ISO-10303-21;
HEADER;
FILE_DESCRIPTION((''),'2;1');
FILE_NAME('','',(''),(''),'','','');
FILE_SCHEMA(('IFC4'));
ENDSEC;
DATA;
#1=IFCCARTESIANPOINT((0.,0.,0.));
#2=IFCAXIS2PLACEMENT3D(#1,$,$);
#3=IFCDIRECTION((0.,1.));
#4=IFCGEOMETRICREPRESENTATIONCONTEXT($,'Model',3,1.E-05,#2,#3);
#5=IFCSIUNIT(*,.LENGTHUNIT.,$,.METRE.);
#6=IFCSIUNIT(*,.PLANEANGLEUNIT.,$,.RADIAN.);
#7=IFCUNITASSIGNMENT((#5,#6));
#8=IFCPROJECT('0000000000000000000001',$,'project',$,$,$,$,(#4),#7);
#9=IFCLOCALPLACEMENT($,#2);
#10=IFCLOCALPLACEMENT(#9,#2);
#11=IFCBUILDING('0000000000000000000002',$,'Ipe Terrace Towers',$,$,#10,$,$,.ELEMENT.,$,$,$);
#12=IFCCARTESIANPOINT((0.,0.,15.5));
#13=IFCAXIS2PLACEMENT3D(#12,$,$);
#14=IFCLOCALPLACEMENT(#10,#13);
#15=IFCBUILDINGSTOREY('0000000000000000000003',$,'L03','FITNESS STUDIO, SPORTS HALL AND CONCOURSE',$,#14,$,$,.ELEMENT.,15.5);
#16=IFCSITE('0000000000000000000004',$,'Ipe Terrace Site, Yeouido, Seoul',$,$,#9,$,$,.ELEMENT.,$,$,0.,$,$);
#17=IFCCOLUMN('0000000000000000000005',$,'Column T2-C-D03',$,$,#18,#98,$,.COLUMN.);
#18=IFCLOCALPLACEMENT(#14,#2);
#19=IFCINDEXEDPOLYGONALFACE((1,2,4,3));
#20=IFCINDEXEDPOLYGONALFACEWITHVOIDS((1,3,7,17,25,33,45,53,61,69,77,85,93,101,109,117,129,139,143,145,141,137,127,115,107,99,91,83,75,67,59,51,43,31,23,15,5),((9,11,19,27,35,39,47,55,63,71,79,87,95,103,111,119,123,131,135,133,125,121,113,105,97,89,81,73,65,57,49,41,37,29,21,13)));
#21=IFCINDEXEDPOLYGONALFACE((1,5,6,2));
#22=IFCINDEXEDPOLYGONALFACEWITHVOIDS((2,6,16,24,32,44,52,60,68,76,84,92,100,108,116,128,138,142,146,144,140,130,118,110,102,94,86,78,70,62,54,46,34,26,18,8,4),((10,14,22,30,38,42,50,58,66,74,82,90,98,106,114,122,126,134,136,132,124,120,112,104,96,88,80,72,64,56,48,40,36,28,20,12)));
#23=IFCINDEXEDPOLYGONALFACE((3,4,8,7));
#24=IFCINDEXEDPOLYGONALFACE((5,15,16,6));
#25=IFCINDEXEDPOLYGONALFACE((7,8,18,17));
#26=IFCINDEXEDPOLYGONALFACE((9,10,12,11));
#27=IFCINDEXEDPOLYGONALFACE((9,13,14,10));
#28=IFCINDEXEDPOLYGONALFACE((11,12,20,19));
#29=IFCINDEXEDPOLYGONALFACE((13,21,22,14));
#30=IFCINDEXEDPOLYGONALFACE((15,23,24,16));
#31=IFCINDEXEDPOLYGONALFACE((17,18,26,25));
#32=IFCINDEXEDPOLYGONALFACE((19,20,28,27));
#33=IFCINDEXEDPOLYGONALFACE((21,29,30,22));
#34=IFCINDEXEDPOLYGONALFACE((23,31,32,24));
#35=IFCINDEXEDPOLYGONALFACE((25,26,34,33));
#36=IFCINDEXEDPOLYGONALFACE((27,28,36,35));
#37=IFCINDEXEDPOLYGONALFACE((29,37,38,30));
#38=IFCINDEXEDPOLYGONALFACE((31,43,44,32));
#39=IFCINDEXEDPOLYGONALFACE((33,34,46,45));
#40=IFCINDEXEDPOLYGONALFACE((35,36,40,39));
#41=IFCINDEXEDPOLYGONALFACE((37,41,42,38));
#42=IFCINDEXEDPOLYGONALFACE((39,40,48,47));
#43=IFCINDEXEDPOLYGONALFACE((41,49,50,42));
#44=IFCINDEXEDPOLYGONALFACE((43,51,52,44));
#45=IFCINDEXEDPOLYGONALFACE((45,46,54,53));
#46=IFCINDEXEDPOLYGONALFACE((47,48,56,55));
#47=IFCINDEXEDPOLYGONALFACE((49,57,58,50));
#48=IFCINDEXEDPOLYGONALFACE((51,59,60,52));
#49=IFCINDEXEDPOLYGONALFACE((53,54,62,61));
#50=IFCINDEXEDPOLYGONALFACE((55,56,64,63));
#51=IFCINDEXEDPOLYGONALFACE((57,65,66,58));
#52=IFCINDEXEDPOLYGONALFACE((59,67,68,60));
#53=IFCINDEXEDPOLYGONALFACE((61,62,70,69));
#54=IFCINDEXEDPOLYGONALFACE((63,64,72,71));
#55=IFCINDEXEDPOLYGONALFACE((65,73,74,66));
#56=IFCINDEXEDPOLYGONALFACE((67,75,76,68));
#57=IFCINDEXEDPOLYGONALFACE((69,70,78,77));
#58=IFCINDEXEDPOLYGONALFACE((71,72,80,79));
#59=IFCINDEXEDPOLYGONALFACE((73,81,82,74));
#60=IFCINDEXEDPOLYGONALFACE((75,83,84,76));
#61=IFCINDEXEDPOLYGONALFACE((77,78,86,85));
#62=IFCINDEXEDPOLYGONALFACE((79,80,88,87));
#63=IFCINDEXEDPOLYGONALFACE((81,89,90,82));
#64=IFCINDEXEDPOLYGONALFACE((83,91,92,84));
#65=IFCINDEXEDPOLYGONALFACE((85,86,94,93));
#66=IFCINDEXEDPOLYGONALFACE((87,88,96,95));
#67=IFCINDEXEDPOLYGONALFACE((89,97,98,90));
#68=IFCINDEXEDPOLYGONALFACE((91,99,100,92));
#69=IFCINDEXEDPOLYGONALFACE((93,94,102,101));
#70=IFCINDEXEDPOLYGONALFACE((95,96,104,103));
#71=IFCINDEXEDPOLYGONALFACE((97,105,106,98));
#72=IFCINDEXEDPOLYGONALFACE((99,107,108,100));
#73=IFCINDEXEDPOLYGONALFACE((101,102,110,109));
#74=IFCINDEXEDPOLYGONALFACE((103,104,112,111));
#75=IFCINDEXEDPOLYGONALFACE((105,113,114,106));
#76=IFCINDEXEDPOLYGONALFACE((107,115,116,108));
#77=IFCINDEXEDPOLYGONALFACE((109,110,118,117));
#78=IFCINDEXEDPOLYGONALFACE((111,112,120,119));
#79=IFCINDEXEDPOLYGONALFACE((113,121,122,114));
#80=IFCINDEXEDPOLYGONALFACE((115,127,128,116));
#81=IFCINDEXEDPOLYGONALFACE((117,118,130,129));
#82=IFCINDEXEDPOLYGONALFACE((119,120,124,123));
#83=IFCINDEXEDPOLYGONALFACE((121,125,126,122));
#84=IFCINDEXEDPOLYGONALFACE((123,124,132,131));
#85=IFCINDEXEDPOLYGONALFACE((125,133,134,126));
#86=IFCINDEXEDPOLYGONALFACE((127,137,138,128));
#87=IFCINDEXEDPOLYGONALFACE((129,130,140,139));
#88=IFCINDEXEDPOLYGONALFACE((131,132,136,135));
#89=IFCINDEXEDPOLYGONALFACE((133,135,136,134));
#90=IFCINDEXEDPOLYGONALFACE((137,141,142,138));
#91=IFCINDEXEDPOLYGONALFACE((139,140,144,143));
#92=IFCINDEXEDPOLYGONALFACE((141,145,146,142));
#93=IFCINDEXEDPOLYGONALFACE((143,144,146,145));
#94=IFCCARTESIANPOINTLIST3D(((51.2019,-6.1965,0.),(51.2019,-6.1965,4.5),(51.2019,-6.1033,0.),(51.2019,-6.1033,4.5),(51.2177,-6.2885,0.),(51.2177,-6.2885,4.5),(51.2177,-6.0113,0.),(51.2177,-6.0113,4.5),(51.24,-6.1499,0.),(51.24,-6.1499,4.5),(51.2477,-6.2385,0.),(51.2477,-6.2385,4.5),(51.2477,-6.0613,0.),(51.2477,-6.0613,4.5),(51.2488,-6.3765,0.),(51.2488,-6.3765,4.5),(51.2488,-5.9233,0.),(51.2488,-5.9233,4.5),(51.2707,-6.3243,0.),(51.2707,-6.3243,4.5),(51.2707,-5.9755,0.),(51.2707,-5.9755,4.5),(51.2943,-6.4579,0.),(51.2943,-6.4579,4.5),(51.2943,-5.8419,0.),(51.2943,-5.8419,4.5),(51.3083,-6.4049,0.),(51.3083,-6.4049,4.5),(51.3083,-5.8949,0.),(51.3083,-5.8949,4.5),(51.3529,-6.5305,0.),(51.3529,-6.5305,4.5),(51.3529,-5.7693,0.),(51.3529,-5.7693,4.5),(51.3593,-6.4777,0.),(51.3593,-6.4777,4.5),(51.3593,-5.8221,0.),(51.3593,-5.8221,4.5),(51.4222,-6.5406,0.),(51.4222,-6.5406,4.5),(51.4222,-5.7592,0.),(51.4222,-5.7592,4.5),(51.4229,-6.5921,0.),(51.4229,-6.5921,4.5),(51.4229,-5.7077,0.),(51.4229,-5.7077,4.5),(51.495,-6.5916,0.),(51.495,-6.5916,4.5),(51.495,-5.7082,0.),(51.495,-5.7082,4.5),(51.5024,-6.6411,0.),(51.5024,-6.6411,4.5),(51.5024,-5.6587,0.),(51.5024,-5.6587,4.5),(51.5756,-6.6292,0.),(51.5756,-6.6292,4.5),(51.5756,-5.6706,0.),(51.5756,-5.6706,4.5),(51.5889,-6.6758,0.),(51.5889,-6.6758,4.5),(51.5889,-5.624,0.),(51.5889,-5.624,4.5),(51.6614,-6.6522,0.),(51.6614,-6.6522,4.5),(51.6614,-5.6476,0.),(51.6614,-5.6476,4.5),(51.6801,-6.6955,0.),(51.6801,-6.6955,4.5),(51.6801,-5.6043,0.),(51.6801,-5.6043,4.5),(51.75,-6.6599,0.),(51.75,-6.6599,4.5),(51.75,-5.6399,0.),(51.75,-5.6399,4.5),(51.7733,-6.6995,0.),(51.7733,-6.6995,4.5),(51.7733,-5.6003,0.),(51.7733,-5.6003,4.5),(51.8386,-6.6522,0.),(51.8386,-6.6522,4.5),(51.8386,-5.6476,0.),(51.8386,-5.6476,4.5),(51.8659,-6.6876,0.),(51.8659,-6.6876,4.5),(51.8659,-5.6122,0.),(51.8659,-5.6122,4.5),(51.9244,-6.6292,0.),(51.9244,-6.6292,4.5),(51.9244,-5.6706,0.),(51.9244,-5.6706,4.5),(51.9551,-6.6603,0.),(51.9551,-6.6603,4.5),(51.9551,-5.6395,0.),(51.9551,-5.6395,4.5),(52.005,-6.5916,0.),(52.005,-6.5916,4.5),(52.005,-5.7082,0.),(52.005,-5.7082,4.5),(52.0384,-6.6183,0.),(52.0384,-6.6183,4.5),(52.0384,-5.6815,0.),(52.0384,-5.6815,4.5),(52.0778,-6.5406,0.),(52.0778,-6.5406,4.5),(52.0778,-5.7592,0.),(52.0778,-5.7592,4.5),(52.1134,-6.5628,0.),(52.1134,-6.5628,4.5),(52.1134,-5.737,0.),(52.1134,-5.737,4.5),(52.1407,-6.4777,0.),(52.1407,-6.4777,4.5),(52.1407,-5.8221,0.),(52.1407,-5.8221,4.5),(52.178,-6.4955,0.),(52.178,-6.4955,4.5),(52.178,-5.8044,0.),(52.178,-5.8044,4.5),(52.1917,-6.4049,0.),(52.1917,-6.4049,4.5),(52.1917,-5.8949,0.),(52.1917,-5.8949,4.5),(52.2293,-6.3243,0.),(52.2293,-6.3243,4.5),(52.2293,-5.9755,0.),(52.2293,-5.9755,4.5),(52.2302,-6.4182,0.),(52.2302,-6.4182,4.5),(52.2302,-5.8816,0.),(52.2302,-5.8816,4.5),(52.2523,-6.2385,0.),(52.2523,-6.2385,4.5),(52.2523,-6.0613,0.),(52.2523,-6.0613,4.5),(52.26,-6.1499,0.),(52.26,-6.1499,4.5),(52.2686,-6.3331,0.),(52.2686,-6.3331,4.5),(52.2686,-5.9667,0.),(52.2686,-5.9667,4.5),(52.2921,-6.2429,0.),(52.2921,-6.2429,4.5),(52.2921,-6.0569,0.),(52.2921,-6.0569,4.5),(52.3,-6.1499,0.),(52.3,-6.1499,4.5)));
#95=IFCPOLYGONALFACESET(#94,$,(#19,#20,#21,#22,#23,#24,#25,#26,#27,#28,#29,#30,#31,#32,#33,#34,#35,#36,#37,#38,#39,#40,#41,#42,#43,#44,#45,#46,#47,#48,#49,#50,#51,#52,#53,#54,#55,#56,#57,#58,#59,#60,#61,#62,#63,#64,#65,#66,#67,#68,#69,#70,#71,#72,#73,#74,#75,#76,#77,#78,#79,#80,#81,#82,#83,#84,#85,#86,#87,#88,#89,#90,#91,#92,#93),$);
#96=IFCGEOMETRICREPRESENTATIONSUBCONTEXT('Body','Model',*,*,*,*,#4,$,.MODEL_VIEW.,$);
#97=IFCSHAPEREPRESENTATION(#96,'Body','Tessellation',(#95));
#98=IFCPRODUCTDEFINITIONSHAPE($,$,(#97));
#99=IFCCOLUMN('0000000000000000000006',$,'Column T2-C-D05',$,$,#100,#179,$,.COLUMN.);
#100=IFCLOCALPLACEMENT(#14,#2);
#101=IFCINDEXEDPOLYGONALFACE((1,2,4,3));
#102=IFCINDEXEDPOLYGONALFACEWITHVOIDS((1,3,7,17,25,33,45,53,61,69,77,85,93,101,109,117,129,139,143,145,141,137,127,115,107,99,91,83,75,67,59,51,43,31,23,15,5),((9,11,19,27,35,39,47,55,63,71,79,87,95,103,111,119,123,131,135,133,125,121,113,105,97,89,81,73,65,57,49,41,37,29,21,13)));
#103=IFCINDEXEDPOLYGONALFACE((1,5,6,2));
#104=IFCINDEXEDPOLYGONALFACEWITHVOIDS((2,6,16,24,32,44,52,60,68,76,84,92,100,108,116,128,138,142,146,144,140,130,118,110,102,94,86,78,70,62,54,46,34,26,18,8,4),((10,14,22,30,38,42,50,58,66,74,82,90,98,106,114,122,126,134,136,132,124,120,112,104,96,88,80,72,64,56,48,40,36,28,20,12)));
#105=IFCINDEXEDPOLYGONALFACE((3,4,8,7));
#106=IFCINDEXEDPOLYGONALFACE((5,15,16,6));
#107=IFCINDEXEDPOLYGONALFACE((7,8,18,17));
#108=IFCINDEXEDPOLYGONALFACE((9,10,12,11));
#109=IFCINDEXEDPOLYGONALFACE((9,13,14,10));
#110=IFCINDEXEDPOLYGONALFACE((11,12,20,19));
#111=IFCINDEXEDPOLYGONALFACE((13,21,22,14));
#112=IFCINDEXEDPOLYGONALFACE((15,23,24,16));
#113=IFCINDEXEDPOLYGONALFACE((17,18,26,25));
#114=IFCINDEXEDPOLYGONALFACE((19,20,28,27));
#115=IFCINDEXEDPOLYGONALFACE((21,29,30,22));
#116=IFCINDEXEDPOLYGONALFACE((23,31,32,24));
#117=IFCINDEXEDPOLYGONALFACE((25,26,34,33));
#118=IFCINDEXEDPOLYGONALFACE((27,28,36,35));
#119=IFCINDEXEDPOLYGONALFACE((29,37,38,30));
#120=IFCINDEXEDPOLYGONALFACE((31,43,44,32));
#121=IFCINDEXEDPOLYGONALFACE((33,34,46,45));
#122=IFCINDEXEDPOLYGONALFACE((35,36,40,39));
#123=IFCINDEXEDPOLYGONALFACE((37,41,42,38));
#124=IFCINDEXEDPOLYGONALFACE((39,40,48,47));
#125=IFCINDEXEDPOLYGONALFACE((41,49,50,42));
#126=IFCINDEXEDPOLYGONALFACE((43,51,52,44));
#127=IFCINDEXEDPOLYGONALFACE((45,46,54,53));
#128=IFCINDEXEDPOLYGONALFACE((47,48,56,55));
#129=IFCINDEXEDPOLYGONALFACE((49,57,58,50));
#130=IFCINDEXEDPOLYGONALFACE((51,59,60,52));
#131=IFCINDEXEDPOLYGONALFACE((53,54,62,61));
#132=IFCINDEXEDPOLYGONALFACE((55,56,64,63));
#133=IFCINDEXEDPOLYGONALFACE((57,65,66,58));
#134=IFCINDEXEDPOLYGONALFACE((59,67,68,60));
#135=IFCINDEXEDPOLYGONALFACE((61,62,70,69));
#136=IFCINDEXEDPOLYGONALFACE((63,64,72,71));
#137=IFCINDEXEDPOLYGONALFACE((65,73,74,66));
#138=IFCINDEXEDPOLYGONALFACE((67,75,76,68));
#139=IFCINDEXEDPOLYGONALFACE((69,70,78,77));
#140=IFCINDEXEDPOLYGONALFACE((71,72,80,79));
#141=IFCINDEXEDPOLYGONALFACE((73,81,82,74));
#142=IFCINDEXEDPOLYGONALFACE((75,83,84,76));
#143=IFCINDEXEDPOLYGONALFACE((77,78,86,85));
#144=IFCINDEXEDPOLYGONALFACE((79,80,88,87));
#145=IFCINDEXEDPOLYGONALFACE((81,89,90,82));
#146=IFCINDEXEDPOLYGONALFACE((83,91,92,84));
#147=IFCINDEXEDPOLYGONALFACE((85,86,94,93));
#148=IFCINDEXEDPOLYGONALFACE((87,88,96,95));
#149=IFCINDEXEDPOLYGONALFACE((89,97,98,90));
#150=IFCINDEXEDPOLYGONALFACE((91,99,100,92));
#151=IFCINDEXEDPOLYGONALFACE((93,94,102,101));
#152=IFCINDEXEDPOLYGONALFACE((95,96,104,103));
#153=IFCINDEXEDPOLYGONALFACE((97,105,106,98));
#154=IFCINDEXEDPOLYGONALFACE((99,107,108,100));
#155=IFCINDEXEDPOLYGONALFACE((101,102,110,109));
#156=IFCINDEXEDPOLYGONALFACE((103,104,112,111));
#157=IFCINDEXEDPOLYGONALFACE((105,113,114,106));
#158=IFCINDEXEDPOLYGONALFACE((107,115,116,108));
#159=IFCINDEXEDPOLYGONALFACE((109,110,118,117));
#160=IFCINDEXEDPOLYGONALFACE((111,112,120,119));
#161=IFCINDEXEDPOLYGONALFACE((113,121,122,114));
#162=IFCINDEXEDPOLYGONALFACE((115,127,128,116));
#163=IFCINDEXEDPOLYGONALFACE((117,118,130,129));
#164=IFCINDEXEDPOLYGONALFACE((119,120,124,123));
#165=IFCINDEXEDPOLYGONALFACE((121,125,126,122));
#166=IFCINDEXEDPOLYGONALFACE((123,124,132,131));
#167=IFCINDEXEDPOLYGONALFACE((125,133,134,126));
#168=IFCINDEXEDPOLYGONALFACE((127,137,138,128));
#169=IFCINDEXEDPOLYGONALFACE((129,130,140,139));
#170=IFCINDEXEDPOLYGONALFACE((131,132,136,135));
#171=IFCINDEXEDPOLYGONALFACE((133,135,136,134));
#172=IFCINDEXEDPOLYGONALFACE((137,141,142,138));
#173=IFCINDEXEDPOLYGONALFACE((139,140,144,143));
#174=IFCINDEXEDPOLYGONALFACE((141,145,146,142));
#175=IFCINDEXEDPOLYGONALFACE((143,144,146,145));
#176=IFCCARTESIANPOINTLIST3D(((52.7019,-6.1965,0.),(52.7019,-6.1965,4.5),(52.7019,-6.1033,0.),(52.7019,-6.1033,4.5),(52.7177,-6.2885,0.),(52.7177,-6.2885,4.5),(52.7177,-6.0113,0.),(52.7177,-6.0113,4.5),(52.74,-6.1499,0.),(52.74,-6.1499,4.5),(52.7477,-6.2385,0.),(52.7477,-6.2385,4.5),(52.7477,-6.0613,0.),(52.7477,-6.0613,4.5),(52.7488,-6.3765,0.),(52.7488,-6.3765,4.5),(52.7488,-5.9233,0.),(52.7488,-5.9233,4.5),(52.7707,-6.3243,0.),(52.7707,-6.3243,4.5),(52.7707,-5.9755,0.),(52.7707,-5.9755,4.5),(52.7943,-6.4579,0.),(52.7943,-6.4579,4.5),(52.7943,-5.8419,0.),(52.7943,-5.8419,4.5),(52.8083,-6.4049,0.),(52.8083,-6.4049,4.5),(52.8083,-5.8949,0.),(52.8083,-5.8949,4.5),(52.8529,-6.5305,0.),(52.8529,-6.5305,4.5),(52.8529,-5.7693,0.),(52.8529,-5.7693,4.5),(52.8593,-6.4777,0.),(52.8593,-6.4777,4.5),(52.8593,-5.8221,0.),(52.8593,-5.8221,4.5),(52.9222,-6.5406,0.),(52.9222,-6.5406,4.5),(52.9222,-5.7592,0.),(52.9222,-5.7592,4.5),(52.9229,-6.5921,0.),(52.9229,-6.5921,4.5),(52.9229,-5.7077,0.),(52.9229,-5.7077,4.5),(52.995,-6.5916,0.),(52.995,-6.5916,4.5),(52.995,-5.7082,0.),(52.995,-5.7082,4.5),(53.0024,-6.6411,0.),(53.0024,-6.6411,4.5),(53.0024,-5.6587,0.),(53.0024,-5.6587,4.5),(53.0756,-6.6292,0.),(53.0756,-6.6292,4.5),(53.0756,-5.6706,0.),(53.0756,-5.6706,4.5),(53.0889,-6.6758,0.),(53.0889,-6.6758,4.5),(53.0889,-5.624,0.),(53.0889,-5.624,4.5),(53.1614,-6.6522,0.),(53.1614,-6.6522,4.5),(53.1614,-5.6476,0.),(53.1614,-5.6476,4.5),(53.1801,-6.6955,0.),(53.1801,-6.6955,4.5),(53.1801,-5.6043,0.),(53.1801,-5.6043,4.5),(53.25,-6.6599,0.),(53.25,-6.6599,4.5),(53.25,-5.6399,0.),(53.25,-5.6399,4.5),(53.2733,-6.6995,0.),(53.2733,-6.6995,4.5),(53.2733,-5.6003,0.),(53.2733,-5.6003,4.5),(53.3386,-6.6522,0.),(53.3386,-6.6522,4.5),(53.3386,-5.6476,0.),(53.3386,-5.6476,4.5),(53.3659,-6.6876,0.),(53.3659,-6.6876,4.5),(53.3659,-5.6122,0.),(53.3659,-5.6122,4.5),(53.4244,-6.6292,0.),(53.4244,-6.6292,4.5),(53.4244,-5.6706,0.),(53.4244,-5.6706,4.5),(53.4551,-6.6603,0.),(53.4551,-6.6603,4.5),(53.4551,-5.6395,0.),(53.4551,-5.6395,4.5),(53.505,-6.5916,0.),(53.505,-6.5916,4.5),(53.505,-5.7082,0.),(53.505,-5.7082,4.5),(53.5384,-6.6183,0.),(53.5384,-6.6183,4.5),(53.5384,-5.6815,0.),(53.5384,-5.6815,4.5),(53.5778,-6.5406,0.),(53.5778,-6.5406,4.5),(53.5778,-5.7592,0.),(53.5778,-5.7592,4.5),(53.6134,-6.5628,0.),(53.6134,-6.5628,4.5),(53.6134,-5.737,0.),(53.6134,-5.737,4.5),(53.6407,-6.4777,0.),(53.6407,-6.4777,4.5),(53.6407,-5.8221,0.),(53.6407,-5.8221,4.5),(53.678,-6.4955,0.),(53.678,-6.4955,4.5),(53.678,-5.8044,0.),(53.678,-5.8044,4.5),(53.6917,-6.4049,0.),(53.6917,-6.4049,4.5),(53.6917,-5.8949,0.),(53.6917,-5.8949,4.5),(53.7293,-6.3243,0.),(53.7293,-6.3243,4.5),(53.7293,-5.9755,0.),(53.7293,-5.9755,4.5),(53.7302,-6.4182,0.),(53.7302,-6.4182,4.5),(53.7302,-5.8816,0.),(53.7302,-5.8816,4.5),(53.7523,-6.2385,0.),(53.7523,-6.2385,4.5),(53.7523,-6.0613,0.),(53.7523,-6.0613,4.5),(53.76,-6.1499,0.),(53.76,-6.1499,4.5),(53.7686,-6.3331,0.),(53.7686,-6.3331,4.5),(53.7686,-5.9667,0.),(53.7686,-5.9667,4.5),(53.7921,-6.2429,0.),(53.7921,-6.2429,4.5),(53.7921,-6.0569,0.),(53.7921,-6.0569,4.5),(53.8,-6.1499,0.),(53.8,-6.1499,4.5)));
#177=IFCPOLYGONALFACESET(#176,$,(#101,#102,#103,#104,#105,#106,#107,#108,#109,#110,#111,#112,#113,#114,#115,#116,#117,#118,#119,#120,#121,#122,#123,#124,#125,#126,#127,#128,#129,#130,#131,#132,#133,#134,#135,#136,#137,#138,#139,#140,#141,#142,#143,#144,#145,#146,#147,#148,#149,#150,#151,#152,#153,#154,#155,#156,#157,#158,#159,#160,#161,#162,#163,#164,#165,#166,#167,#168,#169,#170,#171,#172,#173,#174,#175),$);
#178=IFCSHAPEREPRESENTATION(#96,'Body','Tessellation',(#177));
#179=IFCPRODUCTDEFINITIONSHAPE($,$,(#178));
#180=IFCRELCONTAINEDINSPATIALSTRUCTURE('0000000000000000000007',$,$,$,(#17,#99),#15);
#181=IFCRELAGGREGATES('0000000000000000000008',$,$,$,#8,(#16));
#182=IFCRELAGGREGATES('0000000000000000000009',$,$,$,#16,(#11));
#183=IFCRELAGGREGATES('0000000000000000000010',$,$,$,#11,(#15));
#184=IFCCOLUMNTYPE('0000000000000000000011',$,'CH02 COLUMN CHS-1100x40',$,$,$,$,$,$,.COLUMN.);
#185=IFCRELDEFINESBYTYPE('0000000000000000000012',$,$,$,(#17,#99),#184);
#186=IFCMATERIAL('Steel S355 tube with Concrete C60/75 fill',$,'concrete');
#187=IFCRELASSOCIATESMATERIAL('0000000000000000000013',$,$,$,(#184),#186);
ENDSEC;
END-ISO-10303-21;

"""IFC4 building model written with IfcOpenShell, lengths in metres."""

from ifc_helpers import new_model, si_unit, direction, frame, origin, origin_2d, place, context, subcontext, project, spatial, hollow_circle, extrude, material, material_profile, profile_set, type_object, element, save


model = new_model("IFC4")

# Units and contexts
model_context = context("Model", 3, precision=1e-05, world=origin(), true_north=direction((0.0, 1.0)))
body_context = subcontext(model_context, "Body", "Model", "MODEL_VIEW")
ifc_project = project(units=[si_unit("LENGTHUNIT", "METRE"), si_unit("PLANEANGLEUNIT", "RADIAN")], contexts=[model_context])

# Site, building, storey
site_placement = place(None, origin())
site = spatial("IfcSite", under=ifc_project, at=site_placement, Name="Ipe Terrace Site, Yeouido, Seoul", CompositionType="ELEMENT", RefElevation=0.0)
building_placement = place(site_placement, origin())
building = spatial("IfcBuilding", under=site, at=building_placement, Name="Ipe Terrace Towers", CompositionType="ELEMENT")
storey_placement = place(building_placement, frame((0.0, 0.0, 15.5)))
storey = spatial("IfcBuildingStorey", under=building, at=storey_placement, Name="L03", Description="FITNESS STUDIO, SPORTS HALL AND CONCOURSE", CompositionType="ELEMENT", Elevation=15.5)

# Columns
ifc_material_1 = material(Name="Steel S355 tube with Concrete C60/75 fill", Category="concrete")
ifc_material_profile_1 = material_profile(ifc_material_1, hollow_circle(Radius=0.55, WallThickness=0.04, at=origin_2d()), Name="CHS-1100x40")
ifc_profile_set_1 = profile_set([ifc_material_profile_1], Name="Steel S355 tube with Concrete C60/75 fill")
column_type_1 = type_object("IfcColumnType", Name="CH02 COLUMN CHS-1100x40", PredefinedType="COLUMN", material=ifc_profile_set_1)
for number, where, z_axis, x_axis, name in (
    (1, (51.75, -6.1499, 0.0), (0.0, 0.0, 1.0), (1.0, 0.0, 0.0), "Column T2-C-D03"),
    (2, (53.25, -6.1499, 0.0), (0.0, 0.0, 1.0), (1.0, 0.0, 0.0), "Column T2-C-D05"),
):
    element("IfcColumn", number, at=place(storey_placement, frame(where, z_axis=z_axis, x_axis=x_axis)), inside=storey, type_object=column_type_1, Name=name, PredefinedType="COLUMN", context=body_context, shape_type="SweptSolid", body=[
        extrude(hollow_circle(Radius=0.55, WallThickness=0.04, at=origin_2d()), origin(), (0.0, 0.0, 1.0), 4.5),
    ])

save(model, "model.ifc")
